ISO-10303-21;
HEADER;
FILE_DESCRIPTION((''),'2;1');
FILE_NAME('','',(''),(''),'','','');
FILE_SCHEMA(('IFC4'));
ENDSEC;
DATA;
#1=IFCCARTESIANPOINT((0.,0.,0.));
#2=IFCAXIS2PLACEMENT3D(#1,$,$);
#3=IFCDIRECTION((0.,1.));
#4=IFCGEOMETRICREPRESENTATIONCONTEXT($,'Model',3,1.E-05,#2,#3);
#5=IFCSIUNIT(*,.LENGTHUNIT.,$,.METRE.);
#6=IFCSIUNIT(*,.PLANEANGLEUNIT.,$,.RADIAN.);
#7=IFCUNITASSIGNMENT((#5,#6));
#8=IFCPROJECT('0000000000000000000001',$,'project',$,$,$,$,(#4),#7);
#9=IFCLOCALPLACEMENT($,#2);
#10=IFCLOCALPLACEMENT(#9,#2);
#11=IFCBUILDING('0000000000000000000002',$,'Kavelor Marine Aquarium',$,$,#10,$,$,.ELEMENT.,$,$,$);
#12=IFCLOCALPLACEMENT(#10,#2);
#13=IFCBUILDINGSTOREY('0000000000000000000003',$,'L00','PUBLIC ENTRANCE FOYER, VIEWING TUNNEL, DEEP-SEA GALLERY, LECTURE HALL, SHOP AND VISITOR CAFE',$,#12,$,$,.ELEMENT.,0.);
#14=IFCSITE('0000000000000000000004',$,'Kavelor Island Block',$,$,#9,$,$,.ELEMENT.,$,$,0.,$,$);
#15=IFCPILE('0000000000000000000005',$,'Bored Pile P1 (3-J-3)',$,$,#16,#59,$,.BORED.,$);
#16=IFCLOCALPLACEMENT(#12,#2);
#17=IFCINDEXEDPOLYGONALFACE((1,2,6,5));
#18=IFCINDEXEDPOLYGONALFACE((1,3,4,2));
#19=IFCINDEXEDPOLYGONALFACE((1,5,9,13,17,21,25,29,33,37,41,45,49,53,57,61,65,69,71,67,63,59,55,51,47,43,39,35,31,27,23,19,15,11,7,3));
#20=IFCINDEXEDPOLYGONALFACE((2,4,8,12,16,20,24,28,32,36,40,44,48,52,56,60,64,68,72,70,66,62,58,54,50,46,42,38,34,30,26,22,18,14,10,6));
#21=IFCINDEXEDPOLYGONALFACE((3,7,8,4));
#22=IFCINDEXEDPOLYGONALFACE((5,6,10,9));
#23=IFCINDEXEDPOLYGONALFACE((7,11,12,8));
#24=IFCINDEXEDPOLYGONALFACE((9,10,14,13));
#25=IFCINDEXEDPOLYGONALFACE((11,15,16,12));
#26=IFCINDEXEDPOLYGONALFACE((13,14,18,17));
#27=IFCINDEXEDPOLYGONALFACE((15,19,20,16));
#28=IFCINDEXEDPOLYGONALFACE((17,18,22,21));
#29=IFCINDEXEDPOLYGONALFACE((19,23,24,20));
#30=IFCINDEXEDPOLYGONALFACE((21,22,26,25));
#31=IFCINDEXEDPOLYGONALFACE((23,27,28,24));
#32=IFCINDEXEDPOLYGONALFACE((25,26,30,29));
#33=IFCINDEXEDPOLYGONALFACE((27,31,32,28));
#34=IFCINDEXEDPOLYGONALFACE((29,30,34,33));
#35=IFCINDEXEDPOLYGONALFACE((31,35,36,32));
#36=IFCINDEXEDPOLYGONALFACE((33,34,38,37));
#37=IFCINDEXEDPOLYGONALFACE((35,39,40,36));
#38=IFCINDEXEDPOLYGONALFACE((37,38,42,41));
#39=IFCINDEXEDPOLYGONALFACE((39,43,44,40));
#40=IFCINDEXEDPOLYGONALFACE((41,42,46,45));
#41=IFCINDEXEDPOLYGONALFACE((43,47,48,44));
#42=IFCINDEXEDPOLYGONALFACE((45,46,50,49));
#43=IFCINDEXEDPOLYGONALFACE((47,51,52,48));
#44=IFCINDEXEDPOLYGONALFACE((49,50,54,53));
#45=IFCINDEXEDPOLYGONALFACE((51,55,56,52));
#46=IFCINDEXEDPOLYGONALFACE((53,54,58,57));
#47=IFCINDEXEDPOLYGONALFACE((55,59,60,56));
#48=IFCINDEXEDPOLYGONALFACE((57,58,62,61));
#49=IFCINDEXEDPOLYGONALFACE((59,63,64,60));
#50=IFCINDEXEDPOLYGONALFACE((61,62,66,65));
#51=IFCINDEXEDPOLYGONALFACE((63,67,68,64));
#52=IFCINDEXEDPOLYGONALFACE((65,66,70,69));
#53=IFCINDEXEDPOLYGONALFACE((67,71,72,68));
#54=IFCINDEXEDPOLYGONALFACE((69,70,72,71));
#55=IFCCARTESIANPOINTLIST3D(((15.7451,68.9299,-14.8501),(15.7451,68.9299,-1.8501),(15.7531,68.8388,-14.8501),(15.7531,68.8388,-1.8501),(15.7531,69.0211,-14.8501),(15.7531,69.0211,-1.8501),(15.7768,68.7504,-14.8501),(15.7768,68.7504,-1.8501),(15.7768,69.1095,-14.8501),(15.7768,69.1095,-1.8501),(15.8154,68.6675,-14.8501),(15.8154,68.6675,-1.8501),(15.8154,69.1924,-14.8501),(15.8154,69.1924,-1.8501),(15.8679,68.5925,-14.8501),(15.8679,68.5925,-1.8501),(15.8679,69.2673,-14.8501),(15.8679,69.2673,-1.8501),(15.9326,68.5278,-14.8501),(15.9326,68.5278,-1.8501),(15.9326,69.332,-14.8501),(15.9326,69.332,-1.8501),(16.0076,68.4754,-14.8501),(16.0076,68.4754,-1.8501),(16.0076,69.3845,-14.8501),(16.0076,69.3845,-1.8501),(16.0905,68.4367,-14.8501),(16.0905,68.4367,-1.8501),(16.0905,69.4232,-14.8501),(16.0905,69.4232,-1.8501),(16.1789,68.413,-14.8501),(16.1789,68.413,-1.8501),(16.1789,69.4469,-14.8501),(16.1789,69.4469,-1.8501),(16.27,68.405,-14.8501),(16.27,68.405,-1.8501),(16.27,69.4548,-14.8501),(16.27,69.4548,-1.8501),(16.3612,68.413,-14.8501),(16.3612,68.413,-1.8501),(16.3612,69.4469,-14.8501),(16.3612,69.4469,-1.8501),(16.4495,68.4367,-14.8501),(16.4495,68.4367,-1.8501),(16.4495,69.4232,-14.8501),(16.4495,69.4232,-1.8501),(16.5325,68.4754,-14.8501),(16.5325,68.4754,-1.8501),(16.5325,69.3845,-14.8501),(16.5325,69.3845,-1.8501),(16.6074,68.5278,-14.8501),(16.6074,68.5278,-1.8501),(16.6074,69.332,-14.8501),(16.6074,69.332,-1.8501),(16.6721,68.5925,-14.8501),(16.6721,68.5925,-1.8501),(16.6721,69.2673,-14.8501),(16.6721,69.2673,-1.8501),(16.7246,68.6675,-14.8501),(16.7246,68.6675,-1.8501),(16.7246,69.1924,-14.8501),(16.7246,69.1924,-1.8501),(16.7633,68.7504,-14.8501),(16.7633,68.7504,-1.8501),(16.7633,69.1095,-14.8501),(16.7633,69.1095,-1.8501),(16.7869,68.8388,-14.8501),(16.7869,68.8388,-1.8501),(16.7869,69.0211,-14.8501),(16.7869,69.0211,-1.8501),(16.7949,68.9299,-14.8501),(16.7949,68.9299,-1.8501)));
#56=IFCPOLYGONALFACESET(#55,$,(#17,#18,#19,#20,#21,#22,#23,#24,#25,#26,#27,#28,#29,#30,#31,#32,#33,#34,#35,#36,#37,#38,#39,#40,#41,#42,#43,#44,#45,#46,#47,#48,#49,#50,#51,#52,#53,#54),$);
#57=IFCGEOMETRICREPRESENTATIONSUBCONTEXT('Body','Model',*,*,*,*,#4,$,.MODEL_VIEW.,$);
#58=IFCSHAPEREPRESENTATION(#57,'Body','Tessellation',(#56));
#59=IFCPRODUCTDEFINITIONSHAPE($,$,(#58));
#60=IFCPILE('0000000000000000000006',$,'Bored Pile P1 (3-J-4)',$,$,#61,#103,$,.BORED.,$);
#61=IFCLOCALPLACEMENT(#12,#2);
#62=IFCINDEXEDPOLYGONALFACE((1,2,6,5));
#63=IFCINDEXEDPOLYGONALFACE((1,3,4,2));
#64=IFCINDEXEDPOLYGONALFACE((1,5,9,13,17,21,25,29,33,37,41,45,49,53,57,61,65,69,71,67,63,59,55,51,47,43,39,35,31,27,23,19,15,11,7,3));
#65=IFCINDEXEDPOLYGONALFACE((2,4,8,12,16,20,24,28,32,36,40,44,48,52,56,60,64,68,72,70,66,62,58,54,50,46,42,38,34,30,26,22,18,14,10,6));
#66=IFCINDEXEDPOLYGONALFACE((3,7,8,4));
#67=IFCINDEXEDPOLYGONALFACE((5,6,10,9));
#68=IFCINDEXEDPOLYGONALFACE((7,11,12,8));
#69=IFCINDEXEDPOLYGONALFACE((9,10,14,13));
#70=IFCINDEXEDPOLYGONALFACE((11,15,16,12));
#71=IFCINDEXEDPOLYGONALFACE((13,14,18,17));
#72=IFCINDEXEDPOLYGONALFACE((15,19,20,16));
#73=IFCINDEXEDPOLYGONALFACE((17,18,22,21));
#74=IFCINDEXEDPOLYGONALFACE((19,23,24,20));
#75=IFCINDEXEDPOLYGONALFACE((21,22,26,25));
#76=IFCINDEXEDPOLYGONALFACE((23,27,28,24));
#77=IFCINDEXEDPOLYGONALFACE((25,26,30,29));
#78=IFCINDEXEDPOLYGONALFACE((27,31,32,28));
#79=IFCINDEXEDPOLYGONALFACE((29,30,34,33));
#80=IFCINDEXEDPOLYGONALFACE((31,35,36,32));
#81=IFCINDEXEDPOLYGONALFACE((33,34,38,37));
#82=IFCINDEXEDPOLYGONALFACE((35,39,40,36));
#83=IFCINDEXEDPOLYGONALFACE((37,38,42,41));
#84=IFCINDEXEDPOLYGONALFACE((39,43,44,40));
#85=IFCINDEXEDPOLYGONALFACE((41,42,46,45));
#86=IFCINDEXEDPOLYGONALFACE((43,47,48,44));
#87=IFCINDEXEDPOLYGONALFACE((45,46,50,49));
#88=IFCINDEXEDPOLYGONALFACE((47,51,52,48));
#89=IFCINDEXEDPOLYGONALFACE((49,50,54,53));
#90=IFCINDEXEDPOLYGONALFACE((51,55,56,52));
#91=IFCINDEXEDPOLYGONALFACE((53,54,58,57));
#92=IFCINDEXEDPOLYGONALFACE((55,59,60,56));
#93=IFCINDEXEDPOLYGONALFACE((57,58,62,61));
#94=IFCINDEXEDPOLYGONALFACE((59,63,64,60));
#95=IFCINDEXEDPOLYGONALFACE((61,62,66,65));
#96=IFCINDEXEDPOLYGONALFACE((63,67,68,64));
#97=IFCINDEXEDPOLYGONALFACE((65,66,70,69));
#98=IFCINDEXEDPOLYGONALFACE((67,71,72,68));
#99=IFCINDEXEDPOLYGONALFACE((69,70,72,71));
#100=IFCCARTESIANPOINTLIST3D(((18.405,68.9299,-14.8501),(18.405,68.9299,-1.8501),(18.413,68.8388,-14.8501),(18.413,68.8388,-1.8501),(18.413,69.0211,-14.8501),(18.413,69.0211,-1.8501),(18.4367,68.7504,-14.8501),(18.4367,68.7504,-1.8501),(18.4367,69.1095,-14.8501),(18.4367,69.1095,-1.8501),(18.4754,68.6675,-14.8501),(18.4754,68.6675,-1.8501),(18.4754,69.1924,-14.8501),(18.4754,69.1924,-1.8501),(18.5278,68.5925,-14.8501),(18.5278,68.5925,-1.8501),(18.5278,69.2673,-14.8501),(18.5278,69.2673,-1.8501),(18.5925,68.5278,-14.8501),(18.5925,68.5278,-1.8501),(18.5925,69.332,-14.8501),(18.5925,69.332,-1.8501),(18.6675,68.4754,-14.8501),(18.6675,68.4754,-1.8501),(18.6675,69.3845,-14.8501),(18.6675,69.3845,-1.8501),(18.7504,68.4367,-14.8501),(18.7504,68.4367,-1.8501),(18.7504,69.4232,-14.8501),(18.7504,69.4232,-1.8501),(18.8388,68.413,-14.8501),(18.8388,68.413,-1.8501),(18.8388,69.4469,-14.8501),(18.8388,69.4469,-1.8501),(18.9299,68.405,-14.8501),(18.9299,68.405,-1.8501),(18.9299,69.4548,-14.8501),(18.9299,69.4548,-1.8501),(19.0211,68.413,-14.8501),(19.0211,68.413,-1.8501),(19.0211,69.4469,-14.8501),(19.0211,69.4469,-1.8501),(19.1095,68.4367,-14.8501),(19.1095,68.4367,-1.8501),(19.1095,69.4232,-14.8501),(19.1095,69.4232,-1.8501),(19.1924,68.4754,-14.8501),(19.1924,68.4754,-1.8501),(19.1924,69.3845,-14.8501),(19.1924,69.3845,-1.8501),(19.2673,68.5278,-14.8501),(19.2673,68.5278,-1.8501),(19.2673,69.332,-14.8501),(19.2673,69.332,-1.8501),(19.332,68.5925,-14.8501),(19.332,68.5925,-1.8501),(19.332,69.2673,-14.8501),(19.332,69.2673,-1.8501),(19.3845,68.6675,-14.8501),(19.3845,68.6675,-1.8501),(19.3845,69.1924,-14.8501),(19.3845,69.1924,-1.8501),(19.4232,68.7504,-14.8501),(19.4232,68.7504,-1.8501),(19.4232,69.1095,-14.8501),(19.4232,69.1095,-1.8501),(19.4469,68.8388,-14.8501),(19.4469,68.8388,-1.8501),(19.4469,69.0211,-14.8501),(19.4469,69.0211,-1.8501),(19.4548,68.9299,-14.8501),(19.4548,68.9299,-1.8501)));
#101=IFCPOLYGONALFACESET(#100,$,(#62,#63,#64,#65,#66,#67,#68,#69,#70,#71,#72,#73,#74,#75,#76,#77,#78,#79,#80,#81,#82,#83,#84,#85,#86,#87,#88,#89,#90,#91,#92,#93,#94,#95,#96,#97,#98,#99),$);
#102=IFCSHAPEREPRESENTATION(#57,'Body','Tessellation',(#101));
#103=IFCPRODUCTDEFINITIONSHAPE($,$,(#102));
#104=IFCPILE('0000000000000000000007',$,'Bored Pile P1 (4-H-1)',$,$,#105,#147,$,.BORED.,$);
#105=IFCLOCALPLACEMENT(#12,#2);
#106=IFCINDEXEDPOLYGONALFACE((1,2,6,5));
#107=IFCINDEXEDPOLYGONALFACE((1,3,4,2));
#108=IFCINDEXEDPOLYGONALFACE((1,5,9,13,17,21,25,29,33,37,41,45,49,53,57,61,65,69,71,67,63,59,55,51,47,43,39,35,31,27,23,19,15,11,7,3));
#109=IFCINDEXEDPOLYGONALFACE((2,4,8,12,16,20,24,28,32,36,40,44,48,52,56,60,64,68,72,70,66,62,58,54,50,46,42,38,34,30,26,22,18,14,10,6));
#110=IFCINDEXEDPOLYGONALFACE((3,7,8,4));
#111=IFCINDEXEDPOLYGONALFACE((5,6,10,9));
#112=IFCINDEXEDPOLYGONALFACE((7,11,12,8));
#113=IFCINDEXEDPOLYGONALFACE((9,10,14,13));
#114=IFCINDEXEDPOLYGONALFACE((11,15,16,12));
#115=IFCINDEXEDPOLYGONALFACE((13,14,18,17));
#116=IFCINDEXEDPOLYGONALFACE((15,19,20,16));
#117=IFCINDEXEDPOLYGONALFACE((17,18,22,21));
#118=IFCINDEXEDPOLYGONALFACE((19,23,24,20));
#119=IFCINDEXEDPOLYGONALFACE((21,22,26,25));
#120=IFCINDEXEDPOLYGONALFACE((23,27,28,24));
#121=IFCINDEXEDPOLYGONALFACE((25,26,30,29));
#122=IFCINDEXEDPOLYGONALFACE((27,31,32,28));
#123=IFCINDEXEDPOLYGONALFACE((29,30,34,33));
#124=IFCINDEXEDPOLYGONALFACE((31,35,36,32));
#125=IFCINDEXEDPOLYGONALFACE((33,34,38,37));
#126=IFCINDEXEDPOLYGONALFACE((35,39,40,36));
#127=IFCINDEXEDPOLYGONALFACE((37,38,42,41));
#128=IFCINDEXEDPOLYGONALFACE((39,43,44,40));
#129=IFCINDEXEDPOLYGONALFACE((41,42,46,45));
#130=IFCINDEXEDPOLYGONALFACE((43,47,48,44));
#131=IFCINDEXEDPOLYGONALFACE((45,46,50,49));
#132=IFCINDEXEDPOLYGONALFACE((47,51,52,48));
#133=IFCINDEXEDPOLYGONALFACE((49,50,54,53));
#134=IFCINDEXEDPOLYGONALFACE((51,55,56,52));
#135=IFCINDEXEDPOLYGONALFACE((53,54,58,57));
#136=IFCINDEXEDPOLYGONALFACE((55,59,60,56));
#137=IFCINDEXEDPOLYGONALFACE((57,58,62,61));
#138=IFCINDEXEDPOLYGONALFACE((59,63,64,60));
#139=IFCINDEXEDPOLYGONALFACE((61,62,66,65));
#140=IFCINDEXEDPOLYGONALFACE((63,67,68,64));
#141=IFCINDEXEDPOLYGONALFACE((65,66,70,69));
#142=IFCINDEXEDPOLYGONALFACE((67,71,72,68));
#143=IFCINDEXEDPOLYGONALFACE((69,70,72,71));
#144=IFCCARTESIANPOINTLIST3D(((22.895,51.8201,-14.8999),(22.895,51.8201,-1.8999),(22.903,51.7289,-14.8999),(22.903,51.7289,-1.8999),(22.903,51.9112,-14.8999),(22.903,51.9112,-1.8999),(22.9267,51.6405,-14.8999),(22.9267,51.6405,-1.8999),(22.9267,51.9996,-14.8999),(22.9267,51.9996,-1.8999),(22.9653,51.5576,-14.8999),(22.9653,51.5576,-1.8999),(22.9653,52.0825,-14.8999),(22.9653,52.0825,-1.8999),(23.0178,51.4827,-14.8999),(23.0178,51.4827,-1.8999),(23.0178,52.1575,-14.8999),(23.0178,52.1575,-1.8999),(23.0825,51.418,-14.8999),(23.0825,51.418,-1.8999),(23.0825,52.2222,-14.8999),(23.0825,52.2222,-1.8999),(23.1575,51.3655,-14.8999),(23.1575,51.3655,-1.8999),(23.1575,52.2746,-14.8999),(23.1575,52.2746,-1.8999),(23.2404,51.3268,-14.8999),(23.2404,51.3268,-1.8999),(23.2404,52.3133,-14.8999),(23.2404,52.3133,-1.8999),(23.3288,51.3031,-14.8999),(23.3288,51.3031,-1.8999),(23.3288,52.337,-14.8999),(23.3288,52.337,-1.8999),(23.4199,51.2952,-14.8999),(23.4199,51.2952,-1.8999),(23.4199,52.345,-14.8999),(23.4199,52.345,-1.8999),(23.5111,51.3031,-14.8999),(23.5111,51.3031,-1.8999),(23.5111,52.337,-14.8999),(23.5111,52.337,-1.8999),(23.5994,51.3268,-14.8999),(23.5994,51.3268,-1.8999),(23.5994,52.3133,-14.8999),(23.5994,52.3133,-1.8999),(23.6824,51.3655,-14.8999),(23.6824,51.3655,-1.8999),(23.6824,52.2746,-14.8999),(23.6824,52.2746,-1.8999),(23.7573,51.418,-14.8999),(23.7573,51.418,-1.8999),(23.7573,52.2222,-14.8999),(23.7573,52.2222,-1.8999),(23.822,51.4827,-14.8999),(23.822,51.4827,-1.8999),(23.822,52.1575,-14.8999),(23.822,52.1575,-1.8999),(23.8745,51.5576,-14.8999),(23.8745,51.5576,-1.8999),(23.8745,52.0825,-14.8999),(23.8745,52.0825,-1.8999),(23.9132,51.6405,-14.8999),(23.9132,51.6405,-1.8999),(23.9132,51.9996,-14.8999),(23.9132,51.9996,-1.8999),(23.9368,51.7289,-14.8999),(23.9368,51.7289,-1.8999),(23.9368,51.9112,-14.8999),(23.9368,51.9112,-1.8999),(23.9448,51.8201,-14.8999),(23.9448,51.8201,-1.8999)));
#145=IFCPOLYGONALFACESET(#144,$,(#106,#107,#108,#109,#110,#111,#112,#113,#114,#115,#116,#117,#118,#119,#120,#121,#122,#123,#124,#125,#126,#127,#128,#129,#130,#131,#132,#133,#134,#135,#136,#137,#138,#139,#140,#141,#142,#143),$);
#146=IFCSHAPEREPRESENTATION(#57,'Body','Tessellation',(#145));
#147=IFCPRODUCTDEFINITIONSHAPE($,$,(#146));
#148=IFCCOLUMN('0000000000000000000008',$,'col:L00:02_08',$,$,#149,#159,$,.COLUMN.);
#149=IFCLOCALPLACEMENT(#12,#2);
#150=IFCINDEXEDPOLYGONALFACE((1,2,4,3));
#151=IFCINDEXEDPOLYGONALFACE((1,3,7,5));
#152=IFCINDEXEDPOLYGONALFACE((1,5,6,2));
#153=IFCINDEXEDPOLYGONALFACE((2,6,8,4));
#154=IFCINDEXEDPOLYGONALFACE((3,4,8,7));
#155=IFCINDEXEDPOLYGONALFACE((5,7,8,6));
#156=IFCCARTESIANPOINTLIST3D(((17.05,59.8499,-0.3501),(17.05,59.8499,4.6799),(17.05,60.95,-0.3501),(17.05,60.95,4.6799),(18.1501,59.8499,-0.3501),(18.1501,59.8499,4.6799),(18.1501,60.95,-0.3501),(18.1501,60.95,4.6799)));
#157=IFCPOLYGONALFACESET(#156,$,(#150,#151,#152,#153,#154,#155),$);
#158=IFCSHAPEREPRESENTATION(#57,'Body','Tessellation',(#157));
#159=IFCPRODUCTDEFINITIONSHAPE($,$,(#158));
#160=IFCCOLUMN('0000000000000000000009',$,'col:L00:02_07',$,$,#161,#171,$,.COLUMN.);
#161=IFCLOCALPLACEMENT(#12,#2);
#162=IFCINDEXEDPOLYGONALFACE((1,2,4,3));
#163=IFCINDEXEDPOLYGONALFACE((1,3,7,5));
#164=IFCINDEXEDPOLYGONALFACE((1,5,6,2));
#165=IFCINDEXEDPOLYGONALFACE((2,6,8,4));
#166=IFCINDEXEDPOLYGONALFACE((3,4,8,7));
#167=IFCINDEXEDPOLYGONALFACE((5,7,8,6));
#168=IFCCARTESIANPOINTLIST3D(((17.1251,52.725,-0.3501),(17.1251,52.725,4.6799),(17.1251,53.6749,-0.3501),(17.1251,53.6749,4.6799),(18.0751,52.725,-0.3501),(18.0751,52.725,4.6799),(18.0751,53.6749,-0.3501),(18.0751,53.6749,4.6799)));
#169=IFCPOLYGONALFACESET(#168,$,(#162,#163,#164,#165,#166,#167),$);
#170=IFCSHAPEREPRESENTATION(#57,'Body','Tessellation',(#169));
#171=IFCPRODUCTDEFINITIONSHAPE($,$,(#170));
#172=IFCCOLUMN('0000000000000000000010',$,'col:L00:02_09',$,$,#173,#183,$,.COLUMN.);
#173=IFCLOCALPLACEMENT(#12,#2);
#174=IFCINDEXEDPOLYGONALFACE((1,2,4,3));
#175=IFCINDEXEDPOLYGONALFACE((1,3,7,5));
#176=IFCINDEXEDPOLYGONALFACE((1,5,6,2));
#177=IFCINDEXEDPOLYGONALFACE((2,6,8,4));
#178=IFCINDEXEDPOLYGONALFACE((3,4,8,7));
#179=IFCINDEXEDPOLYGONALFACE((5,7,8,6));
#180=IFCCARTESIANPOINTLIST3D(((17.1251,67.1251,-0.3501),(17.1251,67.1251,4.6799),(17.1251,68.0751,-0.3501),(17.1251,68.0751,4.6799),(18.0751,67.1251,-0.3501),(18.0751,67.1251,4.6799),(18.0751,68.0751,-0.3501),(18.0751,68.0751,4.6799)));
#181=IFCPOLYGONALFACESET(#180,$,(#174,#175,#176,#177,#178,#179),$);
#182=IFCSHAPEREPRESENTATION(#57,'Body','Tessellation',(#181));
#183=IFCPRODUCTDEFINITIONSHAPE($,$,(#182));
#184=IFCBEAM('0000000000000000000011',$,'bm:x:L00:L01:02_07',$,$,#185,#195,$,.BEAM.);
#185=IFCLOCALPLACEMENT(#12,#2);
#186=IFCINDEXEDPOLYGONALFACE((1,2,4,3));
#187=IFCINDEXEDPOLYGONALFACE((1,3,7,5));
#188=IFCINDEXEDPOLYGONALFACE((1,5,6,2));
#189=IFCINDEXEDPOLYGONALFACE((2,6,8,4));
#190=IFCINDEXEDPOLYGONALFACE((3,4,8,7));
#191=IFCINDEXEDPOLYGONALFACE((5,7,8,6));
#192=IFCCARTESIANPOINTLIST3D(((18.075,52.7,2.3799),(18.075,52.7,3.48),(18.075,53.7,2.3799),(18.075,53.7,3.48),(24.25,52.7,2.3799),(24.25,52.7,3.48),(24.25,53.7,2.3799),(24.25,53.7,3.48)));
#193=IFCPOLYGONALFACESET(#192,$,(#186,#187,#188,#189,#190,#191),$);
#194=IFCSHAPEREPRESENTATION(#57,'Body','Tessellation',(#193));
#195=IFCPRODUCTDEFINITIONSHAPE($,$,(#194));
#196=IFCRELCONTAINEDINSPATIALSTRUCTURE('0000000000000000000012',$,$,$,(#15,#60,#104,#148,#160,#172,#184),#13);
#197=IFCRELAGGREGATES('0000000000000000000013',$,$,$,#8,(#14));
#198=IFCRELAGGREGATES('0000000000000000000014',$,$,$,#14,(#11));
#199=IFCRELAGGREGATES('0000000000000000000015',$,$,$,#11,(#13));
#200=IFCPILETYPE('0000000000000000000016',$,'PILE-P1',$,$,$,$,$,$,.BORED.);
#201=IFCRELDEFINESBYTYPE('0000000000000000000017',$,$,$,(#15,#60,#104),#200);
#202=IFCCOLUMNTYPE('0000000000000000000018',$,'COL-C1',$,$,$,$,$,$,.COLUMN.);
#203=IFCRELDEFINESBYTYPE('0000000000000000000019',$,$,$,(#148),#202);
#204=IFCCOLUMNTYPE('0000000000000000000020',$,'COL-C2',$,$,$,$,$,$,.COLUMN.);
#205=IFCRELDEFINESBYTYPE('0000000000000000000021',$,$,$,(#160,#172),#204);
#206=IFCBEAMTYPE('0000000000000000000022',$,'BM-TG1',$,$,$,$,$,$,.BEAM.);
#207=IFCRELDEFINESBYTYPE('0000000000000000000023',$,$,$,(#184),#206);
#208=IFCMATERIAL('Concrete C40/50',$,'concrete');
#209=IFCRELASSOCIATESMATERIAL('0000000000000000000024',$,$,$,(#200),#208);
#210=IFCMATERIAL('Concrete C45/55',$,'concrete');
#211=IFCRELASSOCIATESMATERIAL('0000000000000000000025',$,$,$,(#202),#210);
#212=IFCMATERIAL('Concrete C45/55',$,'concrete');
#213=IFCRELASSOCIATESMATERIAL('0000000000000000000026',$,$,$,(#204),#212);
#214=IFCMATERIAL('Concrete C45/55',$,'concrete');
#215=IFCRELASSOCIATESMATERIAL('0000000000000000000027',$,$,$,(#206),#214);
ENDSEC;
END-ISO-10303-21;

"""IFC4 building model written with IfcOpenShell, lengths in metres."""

from ifc_helpers import new_model, si_unit, direction, frame, origin, origin_2d, place, context, subcontext, project, spatial, rectangle, circle, extrude, material, material_profile, profile_set, type_object, element, save


model = new_model("IFC4")

# Units and contexts
model_context = context("Model", 3, precision=1e-05, world=origin(), true_north=direction((0.0, 1.0)))
body_context = subcontext(model_context, "Body", "Model", "MODEL_VIEW")
ifc_project = project(units=[si_unit("LENGTHUNIT", "METRE"), si_unit("PLANEANGLEUNIT", "RADIAN")], contexts=[model_context])

# Site, building, storey
site_placement = place(None, origin())
site = spatial("IfcSite", under=ifc_project, at=site_placement, Name="Kavelor Island Block", CompositionType="ELEMENT", RefElevation=0.0)
building_placement = place(site_placement, origin())
building = spatial("IfcBuilding", under=site, at=building_placement, Name="Kavelor Marine Aquarium", CompositionType="ELEMENT")
storey_placement = place(building_placement, origin())
storey = spatial("IfcBuildingStorey", under=building, at=storey_placement, Name="L00", Description="PUBLIC ENTRANCE FOYER, VIEWING TUNNEL, DEEP-SEA GALLERY, LECTURE HALL, SHOP AND VISITOR CAFE", CompositionType="ELEMENT", Elevation=0.0)

# Piles
ifc_material_1 = material(Name="Concrete C40/50", Category="concrete")
ifc_material_profile_1 = material_profile(ifc_material_1, circle(Radius=0.5249, at=origin_2d()), Name="PILE D1050")
ifc_profile_set_1 = profile_set([ifc_material_profile_1], Name="Concrete C40/50")
pile_type = type_object("IfcPileType", Name="PILE-P1", PredefinedType="BORED", material=ifc_profile_set_1)
for number, where, z_axis, x_axis, name in (
    (1, (16.27, 68.9299, -1.8501), (0.0, 0.0, -1.0), (1.0, 0.0, 0.0), "Bored Pile P1 (3-J-3)"),
    (2, (18.9299, 68.9299, -1.8501), (0.0, 0.0, -1.0), (1.0, 0.0, 0.0), "Bored Pile P1 (3-J-4)"),
    (3, (23.4199, 51.8201, -1.8999), (0.0, 0.0, -1.0), (1.0, 0.0, 0.0), "Bored Pile P1 (4-H-1)"),
):
    element("IfcPile", number, at=place(storey_placement, frame(where, z_axis=z_axis, x_axis=x_axis)), inside=storey, type_object=pile_type, Name=name, PredefinedType="BORED", context=body_context, shape_type="SweptSolid", body=[
        extrude(circle(Radius=0.5249, at=origin_2d()), origin(), (0.0, 0.0, 1.0), 13.0),
    ])

# Columns
ifc_material_2 = material(Name="Concrete C45/55", Category="concrete")
ifc_material_profile_2 = material_profile(ifc_material_2, rectangle(XDim=1.1001, YDim=1.1001, at=origin_2d()), Name="RC-COL 1100x1100")
ifc_profile_set_2 = profile_set([ifc_material_profile_2], Name="Concrete C45/55")
column_type_1 = type_object("IfcColumnType", Name="COL-C1", PredefinedType="COLUMN", material=ifc_profile_set_2)
column_placement = place(storey_placement, frame((17.6001, 60.3999, -0.3501), z_axis=(0.0, 0.0, 1.0), x_axis=(1.0, 0.0, 0.0)))
element("IfcColumn", 4, at=column_placement, inside=storey, type_object=column_type_1, Name="col:L00:02_08", PredefinedType="COLUMN", context=body_context, shape_type="SweptSolid", body=[
    extrude(rectangle(XDim=1.1001, YDim=1.1001, at=origin_2d()), origin(), (0.0, 0.0, 1.0), 5.03),
])
ifc_material_3 = material(Name="Concrete C45/55", Category="concrete")
ifc_material_profile_3 = material_profile(ifc_material_3, rectangle(XDim=0.95, YDim=0.95, at=origin_2d()), Name="RC-COL 950x950")
ifc_profile_set_3 = profile_set([ifc_material_profile_3], Name="Concrete C45/55")
column_type_2 = type_object("IfcColumnType", Name="COL-C2", PredefinedType="COLUMN", material=ifc_profile_set_3)
for number, where, z_axis, x_axis, name in (
    (5, (17.6001, 53.2, -0.3501), (0.0, 0.0, 1.0), (1.0, 0.0, 0.0), "col:L00:02_07"),
    (6, (17.6001, 67.6001, -0.3501), (0.0, 0.0, 1.0), (1.0, 0.0, 0.0), "col:L00:02_09"),
):
    element("IfcColumn", number, at=place(storey_placement, frame(where, z_axis=z_axis, x_axis=x_axis)), inside=storey, type_object=column_type_2, Name=name, PredefinedType="COLUMN", context=body_context, shape_type="SweptSolid", body=[
        extrude(rectangle(XDim=0.95, YDim=0.95, at=origin_2d()), origin(), (0.0, 0.0, 1.0), 5.03),
    ])

# Beam
ifc_material_4 = material(Name="Concrete C45/55", Category="concrete")
ifc_material_profile_4 = material_profile(ifc_material_4, rectangle(XDim=1.0, YDim=1.1001, at=origin_2d()), Name="RC-TG 1000x1100")
ifc_profile_set_4 = profile_set([ifc_material_profile_4], Name="Concrete C45/55")
beam_type_1 = type_object("IfcBeamType", Name="BM-TG1", PredefinedType="BEAM", material=ifc_profile_set_4)
for number, where, z_axis, x_axis, name in (
    (7, (18.075, 53.2, 2.9299), (1.0, 0.0, 0.0), (0.0, 1.0, 0.0), "bm:x:L00:L01:02_07"),
):
    element("IfcBeam", number, at=place(storey_placement, frame(where, z_axis=z_axis, x_axis=x_axis)), inside=storey, type_object=beam_type_1, Name=name, PredefinedType="BEAM", context=body_context, shape_type="SweptSolid", body=[
        extrude(rectangle(XDim=1.0, YDim=1.1001, at=origin_2d()), origin(), (0.0, 0.0, 1.0), 6.175),
    ])

save(model, "model.ifc")
